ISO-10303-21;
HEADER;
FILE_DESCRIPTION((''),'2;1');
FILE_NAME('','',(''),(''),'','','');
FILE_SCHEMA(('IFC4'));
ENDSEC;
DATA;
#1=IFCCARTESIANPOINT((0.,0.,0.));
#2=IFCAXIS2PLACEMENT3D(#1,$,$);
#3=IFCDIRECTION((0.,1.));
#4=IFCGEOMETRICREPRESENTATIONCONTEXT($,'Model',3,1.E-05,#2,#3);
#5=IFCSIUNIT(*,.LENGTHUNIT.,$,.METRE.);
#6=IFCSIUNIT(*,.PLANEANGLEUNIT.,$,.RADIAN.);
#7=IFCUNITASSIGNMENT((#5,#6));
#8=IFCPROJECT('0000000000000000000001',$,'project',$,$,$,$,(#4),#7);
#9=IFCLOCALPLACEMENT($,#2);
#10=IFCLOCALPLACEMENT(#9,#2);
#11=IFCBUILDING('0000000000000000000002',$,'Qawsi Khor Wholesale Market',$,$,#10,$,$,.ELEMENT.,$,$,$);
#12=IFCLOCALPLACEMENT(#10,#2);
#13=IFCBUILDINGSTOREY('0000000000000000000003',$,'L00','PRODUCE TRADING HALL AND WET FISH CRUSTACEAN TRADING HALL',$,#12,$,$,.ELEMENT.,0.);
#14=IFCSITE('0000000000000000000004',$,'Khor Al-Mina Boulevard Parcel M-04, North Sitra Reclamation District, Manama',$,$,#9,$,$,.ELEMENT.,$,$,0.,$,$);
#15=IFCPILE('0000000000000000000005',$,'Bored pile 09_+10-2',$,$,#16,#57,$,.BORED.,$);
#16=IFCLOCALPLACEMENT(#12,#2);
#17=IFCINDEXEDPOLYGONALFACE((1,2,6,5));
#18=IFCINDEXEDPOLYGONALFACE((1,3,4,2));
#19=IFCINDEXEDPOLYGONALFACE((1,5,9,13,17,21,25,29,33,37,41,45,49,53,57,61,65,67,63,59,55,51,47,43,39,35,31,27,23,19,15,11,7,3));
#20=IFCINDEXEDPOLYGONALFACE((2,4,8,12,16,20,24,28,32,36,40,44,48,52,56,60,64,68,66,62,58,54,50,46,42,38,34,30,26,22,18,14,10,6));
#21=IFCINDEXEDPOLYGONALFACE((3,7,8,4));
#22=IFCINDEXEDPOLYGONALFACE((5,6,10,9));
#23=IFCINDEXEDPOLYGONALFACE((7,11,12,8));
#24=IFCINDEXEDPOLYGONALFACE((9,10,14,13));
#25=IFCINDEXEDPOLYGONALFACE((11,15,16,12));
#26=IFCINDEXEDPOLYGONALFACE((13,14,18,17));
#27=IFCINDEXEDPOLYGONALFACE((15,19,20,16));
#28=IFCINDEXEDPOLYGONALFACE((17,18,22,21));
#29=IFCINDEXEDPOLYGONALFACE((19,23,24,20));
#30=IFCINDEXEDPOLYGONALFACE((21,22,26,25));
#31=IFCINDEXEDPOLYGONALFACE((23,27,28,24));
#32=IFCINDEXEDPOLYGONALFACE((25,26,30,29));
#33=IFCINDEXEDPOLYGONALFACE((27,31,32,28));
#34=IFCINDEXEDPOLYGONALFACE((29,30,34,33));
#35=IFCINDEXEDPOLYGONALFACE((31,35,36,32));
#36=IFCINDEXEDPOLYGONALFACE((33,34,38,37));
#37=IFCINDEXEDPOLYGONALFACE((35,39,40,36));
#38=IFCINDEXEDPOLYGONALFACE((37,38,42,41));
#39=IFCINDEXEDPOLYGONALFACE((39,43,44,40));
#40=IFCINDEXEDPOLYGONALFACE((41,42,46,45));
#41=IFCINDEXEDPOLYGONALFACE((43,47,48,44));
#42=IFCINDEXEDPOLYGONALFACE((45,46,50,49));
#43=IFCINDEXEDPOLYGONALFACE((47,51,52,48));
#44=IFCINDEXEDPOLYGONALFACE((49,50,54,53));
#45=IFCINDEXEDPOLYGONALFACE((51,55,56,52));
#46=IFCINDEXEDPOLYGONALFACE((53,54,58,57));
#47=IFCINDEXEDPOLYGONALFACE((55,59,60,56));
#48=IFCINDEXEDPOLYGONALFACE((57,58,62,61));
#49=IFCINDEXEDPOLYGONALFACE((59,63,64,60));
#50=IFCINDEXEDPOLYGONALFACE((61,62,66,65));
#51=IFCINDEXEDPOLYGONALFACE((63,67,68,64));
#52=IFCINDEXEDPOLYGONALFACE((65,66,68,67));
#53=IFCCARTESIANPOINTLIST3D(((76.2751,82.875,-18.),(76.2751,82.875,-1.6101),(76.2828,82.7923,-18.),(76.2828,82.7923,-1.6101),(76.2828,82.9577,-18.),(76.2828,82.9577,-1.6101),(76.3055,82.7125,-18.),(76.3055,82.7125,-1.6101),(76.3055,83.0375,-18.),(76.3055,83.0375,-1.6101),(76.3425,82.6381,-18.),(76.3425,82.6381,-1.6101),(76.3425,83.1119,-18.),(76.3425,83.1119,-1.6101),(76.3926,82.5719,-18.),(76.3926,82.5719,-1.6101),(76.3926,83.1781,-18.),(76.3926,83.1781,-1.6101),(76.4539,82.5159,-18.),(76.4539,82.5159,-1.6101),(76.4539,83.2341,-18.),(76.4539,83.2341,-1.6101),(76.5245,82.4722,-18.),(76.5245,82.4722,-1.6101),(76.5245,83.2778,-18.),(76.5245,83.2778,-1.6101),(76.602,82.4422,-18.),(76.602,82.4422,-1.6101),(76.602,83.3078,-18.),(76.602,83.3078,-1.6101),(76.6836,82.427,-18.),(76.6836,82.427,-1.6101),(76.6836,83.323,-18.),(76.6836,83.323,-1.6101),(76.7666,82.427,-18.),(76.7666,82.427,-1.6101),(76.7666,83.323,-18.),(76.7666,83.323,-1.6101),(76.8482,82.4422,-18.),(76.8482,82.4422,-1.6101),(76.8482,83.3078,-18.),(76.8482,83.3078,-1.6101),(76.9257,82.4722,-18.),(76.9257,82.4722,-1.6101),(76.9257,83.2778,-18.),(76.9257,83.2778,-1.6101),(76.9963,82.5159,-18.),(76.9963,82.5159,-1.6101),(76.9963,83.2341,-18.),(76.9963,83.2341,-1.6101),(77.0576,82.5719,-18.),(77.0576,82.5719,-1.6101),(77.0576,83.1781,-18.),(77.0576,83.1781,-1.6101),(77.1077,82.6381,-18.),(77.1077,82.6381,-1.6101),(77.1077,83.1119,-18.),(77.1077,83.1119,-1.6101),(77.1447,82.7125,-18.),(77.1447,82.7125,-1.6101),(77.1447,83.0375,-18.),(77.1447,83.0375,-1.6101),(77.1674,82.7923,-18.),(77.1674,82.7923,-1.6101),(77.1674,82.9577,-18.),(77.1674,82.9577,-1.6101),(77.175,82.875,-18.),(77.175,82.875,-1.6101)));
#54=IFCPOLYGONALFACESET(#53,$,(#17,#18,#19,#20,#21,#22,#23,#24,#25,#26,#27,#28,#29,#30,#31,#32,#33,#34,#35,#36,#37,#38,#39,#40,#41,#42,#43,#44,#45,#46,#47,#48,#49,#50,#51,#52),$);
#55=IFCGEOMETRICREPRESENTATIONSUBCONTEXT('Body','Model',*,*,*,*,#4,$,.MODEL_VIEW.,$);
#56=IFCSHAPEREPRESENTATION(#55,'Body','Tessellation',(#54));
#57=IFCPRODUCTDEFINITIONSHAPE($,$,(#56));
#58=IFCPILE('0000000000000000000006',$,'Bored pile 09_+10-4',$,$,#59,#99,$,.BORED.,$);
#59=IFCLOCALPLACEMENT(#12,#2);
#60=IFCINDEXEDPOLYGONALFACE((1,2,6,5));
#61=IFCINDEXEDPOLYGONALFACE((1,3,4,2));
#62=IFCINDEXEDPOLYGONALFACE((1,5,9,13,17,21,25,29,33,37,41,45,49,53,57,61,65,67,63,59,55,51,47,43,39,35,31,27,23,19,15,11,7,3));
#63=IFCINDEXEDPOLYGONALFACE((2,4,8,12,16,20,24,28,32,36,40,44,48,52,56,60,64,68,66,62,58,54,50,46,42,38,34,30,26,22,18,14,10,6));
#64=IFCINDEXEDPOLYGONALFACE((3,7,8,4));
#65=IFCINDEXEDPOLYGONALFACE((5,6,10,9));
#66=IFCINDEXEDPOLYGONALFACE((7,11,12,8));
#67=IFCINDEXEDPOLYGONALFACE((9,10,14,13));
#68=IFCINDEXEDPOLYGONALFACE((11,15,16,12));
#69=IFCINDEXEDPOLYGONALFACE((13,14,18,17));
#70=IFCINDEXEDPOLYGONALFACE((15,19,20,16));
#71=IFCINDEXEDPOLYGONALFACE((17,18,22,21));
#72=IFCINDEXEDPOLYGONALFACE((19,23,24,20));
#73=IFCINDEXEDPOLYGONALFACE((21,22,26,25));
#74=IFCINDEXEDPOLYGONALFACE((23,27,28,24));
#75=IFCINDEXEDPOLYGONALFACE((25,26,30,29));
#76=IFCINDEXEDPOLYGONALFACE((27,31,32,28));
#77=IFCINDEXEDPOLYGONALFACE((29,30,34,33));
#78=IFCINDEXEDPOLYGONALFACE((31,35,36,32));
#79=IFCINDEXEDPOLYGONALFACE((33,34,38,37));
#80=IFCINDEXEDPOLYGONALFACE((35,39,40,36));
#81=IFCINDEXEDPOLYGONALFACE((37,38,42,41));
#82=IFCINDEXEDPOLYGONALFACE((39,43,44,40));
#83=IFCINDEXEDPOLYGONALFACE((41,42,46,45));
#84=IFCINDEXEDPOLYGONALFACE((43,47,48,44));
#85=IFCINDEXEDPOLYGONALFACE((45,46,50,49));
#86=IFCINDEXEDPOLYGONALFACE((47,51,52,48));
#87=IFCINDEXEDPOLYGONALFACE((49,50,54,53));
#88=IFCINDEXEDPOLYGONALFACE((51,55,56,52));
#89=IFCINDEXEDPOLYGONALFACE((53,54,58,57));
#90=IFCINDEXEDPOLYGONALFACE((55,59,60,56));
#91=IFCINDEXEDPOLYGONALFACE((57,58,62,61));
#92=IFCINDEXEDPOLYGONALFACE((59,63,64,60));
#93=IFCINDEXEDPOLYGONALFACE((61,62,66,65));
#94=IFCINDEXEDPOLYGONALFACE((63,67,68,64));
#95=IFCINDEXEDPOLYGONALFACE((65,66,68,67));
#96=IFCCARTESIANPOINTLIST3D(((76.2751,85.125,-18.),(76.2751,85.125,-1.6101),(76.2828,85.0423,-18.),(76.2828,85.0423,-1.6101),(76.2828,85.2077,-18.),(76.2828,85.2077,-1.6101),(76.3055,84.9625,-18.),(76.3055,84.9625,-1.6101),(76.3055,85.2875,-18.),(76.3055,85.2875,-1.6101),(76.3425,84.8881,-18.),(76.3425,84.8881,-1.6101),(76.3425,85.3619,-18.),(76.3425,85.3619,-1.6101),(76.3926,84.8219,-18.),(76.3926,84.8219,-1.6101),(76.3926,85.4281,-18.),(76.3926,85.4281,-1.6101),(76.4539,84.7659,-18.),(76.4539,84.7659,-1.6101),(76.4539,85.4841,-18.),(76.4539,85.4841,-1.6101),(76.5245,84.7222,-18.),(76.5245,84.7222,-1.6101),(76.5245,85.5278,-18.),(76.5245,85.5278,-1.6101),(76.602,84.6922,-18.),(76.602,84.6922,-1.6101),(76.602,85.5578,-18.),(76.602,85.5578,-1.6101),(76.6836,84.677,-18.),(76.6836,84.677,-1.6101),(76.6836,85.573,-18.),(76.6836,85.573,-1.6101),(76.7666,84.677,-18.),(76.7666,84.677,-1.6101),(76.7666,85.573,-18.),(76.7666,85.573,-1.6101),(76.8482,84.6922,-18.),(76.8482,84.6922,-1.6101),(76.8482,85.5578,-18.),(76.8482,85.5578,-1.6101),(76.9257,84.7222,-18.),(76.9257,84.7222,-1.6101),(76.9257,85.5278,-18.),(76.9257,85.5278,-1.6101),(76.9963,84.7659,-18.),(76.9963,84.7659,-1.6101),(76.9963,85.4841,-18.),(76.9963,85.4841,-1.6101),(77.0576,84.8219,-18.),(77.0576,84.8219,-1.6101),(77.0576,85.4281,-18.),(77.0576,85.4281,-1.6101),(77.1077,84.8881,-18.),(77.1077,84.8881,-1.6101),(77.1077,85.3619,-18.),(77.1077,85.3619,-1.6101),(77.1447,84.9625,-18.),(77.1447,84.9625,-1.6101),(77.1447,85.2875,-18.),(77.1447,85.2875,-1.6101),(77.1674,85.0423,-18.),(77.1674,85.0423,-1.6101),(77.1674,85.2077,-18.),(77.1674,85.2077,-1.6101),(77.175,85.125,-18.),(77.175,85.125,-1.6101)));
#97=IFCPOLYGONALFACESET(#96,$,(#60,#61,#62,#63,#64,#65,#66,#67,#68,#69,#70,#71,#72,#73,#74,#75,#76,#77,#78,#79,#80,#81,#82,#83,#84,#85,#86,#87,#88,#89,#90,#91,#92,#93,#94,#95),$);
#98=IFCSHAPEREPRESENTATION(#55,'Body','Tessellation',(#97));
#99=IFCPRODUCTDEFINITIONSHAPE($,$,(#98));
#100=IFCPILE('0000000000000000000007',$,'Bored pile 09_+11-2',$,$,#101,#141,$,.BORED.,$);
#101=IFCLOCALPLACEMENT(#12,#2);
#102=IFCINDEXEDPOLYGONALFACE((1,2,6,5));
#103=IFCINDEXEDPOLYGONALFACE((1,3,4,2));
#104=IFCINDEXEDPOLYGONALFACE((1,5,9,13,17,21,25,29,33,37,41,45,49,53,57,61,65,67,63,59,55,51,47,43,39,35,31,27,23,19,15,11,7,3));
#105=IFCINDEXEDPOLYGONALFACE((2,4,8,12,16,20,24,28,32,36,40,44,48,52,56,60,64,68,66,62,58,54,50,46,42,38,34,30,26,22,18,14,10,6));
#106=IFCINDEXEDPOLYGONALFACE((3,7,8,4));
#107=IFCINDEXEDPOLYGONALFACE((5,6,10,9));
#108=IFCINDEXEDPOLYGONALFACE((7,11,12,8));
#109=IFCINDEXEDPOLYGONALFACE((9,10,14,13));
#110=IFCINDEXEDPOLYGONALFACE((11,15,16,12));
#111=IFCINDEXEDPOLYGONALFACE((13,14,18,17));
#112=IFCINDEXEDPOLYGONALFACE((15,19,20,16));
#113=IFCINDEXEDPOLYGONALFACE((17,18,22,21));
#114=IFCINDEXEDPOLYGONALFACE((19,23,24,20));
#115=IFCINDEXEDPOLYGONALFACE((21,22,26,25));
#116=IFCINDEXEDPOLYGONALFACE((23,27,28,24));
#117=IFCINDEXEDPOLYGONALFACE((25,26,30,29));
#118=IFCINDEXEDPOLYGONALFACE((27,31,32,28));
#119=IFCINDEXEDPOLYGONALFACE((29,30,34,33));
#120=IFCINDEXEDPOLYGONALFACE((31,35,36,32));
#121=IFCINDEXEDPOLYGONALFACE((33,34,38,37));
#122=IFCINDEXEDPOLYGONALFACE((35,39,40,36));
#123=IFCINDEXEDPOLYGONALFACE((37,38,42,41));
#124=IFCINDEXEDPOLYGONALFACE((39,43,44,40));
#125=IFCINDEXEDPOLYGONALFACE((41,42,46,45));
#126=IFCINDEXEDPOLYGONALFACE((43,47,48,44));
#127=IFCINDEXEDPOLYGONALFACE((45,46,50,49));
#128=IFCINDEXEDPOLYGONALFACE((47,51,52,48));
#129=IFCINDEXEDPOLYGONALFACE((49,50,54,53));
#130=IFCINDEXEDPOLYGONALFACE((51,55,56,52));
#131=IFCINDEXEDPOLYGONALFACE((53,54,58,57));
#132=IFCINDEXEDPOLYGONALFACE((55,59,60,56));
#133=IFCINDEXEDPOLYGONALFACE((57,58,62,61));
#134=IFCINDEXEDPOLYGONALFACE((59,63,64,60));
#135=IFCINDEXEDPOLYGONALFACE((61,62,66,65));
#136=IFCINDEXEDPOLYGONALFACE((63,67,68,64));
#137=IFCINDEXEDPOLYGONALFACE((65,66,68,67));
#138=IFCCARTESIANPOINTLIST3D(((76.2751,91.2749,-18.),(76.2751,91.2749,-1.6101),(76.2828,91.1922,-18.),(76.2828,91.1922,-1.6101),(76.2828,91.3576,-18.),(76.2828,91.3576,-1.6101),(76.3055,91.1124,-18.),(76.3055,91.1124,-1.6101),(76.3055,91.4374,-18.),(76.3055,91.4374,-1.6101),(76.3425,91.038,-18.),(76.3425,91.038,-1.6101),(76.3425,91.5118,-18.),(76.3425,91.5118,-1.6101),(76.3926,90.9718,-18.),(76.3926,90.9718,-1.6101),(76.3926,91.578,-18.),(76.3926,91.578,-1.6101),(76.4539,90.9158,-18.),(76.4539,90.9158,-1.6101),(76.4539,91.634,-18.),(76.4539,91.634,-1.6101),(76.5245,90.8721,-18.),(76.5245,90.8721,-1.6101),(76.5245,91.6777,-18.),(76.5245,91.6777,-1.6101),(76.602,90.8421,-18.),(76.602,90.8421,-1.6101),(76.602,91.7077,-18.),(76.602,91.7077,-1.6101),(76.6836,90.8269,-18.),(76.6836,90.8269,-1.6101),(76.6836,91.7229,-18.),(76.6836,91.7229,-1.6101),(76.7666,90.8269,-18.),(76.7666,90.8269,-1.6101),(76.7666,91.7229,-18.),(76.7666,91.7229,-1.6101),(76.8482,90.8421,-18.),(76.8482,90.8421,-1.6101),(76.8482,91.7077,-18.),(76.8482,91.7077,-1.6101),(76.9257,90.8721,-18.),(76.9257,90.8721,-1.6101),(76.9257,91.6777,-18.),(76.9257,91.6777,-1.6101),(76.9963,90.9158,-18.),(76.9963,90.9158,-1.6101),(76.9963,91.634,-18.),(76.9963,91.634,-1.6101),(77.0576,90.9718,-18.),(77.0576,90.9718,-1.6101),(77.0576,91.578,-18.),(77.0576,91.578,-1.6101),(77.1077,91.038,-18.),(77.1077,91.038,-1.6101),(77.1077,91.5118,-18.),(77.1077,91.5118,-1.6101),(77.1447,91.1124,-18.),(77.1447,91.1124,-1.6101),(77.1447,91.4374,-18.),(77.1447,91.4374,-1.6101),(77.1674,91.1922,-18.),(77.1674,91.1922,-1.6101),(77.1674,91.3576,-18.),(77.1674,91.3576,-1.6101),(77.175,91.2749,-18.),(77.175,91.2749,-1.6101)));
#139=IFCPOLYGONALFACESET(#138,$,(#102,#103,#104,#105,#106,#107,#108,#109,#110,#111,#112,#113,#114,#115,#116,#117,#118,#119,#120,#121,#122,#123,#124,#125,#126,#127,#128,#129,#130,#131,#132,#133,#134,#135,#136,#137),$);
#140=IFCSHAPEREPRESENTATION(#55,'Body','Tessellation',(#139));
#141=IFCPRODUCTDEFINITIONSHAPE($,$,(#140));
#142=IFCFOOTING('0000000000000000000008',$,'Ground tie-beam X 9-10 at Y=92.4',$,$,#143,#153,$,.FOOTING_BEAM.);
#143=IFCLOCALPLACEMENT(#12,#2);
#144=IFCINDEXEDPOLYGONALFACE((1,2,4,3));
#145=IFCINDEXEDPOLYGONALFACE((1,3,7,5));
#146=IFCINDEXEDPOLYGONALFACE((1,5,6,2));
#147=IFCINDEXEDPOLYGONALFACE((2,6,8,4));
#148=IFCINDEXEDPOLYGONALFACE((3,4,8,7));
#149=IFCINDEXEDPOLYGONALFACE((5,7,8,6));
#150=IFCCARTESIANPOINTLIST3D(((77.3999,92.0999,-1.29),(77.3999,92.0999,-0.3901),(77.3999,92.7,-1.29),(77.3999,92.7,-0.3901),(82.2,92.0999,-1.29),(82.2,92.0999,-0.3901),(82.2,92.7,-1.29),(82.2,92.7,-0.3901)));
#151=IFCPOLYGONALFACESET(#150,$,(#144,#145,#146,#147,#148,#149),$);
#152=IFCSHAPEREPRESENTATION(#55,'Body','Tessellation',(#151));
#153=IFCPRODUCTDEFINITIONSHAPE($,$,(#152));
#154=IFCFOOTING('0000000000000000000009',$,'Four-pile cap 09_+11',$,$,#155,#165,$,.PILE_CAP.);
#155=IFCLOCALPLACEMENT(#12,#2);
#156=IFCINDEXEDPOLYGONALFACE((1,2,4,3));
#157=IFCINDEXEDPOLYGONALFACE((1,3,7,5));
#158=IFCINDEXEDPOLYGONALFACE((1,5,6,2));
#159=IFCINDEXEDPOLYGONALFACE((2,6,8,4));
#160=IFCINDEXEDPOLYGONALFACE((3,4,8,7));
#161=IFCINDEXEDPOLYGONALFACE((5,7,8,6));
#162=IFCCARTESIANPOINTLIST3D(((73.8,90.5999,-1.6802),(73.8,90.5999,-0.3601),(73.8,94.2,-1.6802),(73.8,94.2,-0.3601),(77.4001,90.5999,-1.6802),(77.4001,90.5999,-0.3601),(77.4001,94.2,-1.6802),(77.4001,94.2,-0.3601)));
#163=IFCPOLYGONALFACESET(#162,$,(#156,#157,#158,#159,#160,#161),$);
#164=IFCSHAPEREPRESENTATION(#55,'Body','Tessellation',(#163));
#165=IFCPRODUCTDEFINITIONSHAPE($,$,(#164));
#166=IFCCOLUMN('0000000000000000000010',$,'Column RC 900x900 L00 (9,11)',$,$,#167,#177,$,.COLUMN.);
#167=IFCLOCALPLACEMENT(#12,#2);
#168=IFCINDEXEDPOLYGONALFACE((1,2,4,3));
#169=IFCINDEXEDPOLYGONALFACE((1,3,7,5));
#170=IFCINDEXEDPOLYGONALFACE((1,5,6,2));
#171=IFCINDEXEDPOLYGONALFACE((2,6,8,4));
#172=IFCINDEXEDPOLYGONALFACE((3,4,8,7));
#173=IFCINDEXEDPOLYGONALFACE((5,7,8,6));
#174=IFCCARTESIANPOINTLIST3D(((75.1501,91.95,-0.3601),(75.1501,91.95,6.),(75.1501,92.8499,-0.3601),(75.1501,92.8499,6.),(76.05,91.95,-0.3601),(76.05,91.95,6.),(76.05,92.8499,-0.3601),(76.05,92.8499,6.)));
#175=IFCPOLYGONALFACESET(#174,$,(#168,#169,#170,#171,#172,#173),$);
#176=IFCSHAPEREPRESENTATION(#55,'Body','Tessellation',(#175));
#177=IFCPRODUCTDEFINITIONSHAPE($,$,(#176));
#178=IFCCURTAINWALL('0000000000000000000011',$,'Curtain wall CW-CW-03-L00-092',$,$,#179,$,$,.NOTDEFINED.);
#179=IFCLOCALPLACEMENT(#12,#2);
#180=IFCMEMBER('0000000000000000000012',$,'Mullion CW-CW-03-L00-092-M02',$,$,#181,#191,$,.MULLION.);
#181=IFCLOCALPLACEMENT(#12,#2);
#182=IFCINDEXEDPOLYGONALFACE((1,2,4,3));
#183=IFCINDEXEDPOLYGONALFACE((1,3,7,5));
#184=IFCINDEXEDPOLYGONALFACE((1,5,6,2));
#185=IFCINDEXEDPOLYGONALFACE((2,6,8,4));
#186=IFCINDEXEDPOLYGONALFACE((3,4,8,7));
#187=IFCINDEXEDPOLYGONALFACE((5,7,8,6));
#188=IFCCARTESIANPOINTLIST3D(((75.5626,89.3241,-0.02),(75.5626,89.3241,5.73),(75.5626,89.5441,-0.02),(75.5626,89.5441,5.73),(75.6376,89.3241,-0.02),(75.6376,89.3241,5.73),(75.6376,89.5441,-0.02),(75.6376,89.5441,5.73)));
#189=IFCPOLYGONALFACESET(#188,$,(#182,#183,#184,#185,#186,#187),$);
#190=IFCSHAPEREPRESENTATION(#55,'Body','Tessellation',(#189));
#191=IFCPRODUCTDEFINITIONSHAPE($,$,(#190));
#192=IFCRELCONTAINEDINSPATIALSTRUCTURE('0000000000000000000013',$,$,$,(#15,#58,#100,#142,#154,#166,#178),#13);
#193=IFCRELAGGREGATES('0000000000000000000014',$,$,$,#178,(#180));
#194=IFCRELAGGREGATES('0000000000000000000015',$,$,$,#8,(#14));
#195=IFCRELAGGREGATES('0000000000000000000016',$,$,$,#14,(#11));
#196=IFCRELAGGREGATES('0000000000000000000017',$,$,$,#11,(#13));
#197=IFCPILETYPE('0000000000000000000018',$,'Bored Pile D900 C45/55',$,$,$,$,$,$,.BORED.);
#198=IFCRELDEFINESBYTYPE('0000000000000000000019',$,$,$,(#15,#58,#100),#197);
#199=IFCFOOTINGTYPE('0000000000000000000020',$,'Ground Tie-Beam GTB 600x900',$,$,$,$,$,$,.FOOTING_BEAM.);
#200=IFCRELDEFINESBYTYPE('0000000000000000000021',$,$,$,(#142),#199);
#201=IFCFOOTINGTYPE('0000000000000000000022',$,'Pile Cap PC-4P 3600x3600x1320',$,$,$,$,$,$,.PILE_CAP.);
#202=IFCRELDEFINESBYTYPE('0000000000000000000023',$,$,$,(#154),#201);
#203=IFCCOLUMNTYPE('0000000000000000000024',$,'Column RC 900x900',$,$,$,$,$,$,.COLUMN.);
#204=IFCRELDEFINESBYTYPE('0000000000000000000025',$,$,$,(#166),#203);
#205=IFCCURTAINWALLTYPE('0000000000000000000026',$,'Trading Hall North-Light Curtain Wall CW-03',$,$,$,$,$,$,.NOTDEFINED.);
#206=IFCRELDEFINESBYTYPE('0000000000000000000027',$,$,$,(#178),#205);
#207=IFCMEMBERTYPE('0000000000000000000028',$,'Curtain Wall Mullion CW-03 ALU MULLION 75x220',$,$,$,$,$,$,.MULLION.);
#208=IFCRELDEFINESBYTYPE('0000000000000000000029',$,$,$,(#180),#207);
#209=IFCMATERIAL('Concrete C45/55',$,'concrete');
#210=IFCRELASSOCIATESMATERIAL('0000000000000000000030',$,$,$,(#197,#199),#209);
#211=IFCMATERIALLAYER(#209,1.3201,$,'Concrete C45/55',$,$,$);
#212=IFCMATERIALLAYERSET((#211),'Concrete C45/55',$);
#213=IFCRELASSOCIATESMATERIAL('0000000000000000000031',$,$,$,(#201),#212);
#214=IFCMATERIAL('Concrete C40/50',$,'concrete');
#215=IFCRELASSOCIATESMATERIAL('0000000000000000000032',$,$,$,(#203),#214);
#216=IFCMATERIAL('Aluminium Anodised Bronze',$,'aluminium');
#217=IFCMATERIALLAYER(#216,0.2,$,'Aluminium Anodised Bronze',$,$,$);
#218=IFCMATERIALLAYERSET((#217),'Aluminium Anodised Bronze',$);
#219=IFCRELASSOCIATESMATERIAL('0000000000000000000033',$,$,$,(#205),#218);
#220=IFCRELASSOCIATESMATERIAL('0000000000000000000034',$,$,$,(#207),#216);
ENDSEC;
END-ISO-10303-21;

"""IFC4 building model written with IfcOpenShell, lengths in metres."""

from ifc_helpers import new_model, si_unit, direction, frame, origin, origin_2d, place, context, subcontext, project, spatial, rectangle, circle, extrude, material, layer, layer_set, material_profile, profile_set, type_object, element, aggregate, save


model = new_model("IFC4")

# Units and contexts
model_context = context("Model", 3, precision=1e-05, world=origin(), true_north=direction((0.0, 1.0)))
body_context = subcontext(model_context, "Body", "Model", "MODEL_VIEW")
ifc_project = project(units=[si_unit("LENGTHUNIT", "METRE"), si_unit("PLANEANGLEUNIT", "RADIAN")], contexts=[model_context])

# Site, building, storey
site_placement = place(None, origin())
site = spatial("IfcSite", under=ifc_project, at=site_placement, Name="Khor Al-Mina Boulevard Parcel M-04, North Sitra Reclamation District, Manama", CompositionType="ELEMENT", RefElevation=0.0)
building_placement = place(site_placement, origin())
building = spatial("IfcBuilding", under=site, at=building_placement, Name="Qawsi Khor Wholesale Market", CompositionType="ELEMENT")
storey_placement = place(building_placement, origin())
storey = spatial("IfcBuildingStorey", under=building, at=storey_placement, Name="L00", Description="PRODUCE TRADING HALL AND WET FISH CRUSTACEAN TRADING HALL", CompositionType="ELEMENT", Elevation=0.0)

# Piles
ifc_material_1 = material(Name="Concrete C45/55", Category="concrete")
ifc_material_profile_1 = material_profile(ifc_material_1, circle(Radius=0.45, at=origin_2d()), Name="PILE D900")
ifc_profile_set_1 = profile_set([ifc_material_profile_1], Name="Concrete C45/55")
pile_type = type_object("IfcPileType", Name="Bored Pile D900 C45/55", PredefinedType="BORED", material=ifc_profile_set_1)
for number, where, z_axis, x_axis, name in (
    (1, (76.7251, 82.875, -1.6101), (0.0, 0.0, -1.0), (1.0, 0.0, 0.0), "Bored pile 09_+10-2"),
    (2, (76.7251, 85.125, -1.6101), (0.0, 0.0, -1.0), (1.0, 0.0, 0.0), "Bored pile 09_+10-4"),
    (3, (76.7251, 91.2749, -1.6101), (0.0, 0.0, -1.0), (1.0, 0.0, 0.0), "Bored pile 09_+11-2"),
):
    element("IfcPile", number, at=place(storey_placement, frame(where, z_axis=z_axis, x_axis=x_axis)), inside=storey, type_object=pile_type, Name=name, PredefinedType="BORED", context=body_context, shape_type="SweptSolid", body=[
        extrude(circle(Radius=0.45, at=origin_2d()), origin(), (0.0, 0.0, 1.0), 16.3899),
    ])

# Footings
ifc_material_profile_2 = material_profile(ifc_material_1, rectangle(XDim=0.6001, YDim=0.8999, at=origin_2d()), Name="RC 600x900")
ifc_profile_set_2 = profile_set([ifc_material_profile_2], Name="Concrete C45/55")
footing_type_1 = type_object("IfcFootingType", Name="Ground Tie-Beam GTB 600x900", PredefinedType="FOOTING_BEAM", material=ifc_profile_set_2)
footing_1_placement = place(storey_placement, frame((77.3999, 92.3999, -0.8401), z_axis=(1.0, 0.0, 0.0), x_axis=(0.0, 1.0, 0.0)))
element("IfcFooting", 4, at=footing_1_placement, inside=storey, type_object=footing_type_1, Name="Ground tie-beam X 9-10 at Y=92.4", PredefinedType="FOOTING_BEAM", context=body_context, shape_type="SweptSolid", body=[
    extrude(rectangle(XDim=0.6001, YDim=0.8999, at=origin_2d()), origin(), (0.0, 0.0, 1.0), 4.8),
])
ifc_layer_1 = layer(ifc_material_1, 1.3201, Name="Concrete C45/55")
ifc_layer_set_1 = layer_set([ifc_layer_1], Name="Concrete C45/55")
footing_type_2 = type_object("IfcFootingType", Name="Pile Cap PC-4P 3600x3600x1320", PredefinedType="PILE_CAP", material=ifc_layer_set_1)
footing_2_placement = place(storey_placement, frame((75.6001, 92.3999, -1.6802), z_axis=(0.0, 0.0, 1.0), x_axis=(1.0, 0.0, 0.0)))
element("IfcFooting", 5, at=footing_2_placement, inside=storey, type_object=footing_type_2, Name="Four-pile cap 09_+11", PredefinedType="PILE_CAP", context=body_context, shape_type="SweptSolid", body=[
    extrude(rectangle(XDim=3.6001, YDim=3.6001, at=origin_2d()), origin(), (0.0, 0.0, 1.0), 1.3201),
])

# Column
ifc_material_2 = material(Name="Concrete C40/50", Category="concrete")
ifc_material_profile_3 = material_profile(ifc_material_2, rectangle(XDim=0.8999, YDim=0.8999, at=origin_2d()), Name="RC 900x900")
ifc_profile_set_3 = profile_set([ifc_material_profile_3], Name="Concrete C40/50")
column_type = type_object("IfcColumnType", Name="Column RC 900x900", PredefinedType="COLUMN", material=ifc_profile_set_3)
column_placement = place(storey_placement, frame((75.6001, 92.3999, -0.3601), z_axis=(0.0, 0.0, 1.0), x_axis=(1.0, 0.0, 0.0)))
element("IfcColumn", 6, at=column_placement, inside=storey, type_object=column_type, Name="Column RC 900x900 L00 (9,11)", PredefinedType="COLUMN", context=body_context, shape_type="SweptSolid", body=[
    extrude(rectangle(XDim=0.8999, YDim=0.8999, at=origin_2d()), origin(), (0.0, 0.0, 1.0), 6.3601),
])

# Curtain wall, member
ifc_material_3 = material(Name="Aluminium Anodised Bronze", Category="aluminium")
ifc_layer_2 = layer(ifc_material_3, 0.2, Name="Aluminium Anodised Bronze")
ifc_layer_set_2 = layer_set([ifc_layer_2], Name="Aluminium Anodised Bronze")
curtain_wall_type_1 = type_object("IfcCurtainWallType", Name="Trading Hall North-Light Curtain Wall CW-03", PredefinedType="NOTDEFINED", material=ifc_layer_set_2)
curtain_wall_1_placement = place(storey_placement, origin())
curtain_wall_1 = element("IfcCurtainWall", 7, at=curtain_wall_1_placement, inside=storey, type_object=curtain_wall_type_1, Name="Curtain wall CW-CW-03-L00-092", PredefinedType="NOTDEFINED")
ifc_material_profile_4 = material_profile(ifc_material_3, rectangle(XDim=0.075, YDim=0.22, at=origin_2d()), Name="ALU MULLION 75x220")
ifc_profile_set_4 = profile_set([ifc_material_profile_4], Name="Aluminium Anodised Bronze")
member_type_1 = type_object("IfcMemberType", Name="Curtain Wall Mullion CW-03 ALU MULLION 75x220", PredefinedType="MULLION", material=ifc_profile_set_4)
member_1_placement = place(storey_placement, frame((75.6001, 89.4341, -0.02), z_axis=(0.0, 0.0, 1.0), x_axis=(1.0, 0.0, 0.0)))
member_1 = element("IfcMember", 8, at=member_1_placement, type_object=member_type_1, Name="Mullion CW-CW-03-L00-092-M02", PredefinedType="MULLION", context=body_context, shape_type="SweptSolid", body=[
    extrude(rectangle(XDim=0.075, YDim=0.22, at=origin_2d()), origin(), (0.0, 0.0, 1.0), 5.75),
])

aggregate(curtain_wall_1, [member_1])

save(model, "model.ifc")
